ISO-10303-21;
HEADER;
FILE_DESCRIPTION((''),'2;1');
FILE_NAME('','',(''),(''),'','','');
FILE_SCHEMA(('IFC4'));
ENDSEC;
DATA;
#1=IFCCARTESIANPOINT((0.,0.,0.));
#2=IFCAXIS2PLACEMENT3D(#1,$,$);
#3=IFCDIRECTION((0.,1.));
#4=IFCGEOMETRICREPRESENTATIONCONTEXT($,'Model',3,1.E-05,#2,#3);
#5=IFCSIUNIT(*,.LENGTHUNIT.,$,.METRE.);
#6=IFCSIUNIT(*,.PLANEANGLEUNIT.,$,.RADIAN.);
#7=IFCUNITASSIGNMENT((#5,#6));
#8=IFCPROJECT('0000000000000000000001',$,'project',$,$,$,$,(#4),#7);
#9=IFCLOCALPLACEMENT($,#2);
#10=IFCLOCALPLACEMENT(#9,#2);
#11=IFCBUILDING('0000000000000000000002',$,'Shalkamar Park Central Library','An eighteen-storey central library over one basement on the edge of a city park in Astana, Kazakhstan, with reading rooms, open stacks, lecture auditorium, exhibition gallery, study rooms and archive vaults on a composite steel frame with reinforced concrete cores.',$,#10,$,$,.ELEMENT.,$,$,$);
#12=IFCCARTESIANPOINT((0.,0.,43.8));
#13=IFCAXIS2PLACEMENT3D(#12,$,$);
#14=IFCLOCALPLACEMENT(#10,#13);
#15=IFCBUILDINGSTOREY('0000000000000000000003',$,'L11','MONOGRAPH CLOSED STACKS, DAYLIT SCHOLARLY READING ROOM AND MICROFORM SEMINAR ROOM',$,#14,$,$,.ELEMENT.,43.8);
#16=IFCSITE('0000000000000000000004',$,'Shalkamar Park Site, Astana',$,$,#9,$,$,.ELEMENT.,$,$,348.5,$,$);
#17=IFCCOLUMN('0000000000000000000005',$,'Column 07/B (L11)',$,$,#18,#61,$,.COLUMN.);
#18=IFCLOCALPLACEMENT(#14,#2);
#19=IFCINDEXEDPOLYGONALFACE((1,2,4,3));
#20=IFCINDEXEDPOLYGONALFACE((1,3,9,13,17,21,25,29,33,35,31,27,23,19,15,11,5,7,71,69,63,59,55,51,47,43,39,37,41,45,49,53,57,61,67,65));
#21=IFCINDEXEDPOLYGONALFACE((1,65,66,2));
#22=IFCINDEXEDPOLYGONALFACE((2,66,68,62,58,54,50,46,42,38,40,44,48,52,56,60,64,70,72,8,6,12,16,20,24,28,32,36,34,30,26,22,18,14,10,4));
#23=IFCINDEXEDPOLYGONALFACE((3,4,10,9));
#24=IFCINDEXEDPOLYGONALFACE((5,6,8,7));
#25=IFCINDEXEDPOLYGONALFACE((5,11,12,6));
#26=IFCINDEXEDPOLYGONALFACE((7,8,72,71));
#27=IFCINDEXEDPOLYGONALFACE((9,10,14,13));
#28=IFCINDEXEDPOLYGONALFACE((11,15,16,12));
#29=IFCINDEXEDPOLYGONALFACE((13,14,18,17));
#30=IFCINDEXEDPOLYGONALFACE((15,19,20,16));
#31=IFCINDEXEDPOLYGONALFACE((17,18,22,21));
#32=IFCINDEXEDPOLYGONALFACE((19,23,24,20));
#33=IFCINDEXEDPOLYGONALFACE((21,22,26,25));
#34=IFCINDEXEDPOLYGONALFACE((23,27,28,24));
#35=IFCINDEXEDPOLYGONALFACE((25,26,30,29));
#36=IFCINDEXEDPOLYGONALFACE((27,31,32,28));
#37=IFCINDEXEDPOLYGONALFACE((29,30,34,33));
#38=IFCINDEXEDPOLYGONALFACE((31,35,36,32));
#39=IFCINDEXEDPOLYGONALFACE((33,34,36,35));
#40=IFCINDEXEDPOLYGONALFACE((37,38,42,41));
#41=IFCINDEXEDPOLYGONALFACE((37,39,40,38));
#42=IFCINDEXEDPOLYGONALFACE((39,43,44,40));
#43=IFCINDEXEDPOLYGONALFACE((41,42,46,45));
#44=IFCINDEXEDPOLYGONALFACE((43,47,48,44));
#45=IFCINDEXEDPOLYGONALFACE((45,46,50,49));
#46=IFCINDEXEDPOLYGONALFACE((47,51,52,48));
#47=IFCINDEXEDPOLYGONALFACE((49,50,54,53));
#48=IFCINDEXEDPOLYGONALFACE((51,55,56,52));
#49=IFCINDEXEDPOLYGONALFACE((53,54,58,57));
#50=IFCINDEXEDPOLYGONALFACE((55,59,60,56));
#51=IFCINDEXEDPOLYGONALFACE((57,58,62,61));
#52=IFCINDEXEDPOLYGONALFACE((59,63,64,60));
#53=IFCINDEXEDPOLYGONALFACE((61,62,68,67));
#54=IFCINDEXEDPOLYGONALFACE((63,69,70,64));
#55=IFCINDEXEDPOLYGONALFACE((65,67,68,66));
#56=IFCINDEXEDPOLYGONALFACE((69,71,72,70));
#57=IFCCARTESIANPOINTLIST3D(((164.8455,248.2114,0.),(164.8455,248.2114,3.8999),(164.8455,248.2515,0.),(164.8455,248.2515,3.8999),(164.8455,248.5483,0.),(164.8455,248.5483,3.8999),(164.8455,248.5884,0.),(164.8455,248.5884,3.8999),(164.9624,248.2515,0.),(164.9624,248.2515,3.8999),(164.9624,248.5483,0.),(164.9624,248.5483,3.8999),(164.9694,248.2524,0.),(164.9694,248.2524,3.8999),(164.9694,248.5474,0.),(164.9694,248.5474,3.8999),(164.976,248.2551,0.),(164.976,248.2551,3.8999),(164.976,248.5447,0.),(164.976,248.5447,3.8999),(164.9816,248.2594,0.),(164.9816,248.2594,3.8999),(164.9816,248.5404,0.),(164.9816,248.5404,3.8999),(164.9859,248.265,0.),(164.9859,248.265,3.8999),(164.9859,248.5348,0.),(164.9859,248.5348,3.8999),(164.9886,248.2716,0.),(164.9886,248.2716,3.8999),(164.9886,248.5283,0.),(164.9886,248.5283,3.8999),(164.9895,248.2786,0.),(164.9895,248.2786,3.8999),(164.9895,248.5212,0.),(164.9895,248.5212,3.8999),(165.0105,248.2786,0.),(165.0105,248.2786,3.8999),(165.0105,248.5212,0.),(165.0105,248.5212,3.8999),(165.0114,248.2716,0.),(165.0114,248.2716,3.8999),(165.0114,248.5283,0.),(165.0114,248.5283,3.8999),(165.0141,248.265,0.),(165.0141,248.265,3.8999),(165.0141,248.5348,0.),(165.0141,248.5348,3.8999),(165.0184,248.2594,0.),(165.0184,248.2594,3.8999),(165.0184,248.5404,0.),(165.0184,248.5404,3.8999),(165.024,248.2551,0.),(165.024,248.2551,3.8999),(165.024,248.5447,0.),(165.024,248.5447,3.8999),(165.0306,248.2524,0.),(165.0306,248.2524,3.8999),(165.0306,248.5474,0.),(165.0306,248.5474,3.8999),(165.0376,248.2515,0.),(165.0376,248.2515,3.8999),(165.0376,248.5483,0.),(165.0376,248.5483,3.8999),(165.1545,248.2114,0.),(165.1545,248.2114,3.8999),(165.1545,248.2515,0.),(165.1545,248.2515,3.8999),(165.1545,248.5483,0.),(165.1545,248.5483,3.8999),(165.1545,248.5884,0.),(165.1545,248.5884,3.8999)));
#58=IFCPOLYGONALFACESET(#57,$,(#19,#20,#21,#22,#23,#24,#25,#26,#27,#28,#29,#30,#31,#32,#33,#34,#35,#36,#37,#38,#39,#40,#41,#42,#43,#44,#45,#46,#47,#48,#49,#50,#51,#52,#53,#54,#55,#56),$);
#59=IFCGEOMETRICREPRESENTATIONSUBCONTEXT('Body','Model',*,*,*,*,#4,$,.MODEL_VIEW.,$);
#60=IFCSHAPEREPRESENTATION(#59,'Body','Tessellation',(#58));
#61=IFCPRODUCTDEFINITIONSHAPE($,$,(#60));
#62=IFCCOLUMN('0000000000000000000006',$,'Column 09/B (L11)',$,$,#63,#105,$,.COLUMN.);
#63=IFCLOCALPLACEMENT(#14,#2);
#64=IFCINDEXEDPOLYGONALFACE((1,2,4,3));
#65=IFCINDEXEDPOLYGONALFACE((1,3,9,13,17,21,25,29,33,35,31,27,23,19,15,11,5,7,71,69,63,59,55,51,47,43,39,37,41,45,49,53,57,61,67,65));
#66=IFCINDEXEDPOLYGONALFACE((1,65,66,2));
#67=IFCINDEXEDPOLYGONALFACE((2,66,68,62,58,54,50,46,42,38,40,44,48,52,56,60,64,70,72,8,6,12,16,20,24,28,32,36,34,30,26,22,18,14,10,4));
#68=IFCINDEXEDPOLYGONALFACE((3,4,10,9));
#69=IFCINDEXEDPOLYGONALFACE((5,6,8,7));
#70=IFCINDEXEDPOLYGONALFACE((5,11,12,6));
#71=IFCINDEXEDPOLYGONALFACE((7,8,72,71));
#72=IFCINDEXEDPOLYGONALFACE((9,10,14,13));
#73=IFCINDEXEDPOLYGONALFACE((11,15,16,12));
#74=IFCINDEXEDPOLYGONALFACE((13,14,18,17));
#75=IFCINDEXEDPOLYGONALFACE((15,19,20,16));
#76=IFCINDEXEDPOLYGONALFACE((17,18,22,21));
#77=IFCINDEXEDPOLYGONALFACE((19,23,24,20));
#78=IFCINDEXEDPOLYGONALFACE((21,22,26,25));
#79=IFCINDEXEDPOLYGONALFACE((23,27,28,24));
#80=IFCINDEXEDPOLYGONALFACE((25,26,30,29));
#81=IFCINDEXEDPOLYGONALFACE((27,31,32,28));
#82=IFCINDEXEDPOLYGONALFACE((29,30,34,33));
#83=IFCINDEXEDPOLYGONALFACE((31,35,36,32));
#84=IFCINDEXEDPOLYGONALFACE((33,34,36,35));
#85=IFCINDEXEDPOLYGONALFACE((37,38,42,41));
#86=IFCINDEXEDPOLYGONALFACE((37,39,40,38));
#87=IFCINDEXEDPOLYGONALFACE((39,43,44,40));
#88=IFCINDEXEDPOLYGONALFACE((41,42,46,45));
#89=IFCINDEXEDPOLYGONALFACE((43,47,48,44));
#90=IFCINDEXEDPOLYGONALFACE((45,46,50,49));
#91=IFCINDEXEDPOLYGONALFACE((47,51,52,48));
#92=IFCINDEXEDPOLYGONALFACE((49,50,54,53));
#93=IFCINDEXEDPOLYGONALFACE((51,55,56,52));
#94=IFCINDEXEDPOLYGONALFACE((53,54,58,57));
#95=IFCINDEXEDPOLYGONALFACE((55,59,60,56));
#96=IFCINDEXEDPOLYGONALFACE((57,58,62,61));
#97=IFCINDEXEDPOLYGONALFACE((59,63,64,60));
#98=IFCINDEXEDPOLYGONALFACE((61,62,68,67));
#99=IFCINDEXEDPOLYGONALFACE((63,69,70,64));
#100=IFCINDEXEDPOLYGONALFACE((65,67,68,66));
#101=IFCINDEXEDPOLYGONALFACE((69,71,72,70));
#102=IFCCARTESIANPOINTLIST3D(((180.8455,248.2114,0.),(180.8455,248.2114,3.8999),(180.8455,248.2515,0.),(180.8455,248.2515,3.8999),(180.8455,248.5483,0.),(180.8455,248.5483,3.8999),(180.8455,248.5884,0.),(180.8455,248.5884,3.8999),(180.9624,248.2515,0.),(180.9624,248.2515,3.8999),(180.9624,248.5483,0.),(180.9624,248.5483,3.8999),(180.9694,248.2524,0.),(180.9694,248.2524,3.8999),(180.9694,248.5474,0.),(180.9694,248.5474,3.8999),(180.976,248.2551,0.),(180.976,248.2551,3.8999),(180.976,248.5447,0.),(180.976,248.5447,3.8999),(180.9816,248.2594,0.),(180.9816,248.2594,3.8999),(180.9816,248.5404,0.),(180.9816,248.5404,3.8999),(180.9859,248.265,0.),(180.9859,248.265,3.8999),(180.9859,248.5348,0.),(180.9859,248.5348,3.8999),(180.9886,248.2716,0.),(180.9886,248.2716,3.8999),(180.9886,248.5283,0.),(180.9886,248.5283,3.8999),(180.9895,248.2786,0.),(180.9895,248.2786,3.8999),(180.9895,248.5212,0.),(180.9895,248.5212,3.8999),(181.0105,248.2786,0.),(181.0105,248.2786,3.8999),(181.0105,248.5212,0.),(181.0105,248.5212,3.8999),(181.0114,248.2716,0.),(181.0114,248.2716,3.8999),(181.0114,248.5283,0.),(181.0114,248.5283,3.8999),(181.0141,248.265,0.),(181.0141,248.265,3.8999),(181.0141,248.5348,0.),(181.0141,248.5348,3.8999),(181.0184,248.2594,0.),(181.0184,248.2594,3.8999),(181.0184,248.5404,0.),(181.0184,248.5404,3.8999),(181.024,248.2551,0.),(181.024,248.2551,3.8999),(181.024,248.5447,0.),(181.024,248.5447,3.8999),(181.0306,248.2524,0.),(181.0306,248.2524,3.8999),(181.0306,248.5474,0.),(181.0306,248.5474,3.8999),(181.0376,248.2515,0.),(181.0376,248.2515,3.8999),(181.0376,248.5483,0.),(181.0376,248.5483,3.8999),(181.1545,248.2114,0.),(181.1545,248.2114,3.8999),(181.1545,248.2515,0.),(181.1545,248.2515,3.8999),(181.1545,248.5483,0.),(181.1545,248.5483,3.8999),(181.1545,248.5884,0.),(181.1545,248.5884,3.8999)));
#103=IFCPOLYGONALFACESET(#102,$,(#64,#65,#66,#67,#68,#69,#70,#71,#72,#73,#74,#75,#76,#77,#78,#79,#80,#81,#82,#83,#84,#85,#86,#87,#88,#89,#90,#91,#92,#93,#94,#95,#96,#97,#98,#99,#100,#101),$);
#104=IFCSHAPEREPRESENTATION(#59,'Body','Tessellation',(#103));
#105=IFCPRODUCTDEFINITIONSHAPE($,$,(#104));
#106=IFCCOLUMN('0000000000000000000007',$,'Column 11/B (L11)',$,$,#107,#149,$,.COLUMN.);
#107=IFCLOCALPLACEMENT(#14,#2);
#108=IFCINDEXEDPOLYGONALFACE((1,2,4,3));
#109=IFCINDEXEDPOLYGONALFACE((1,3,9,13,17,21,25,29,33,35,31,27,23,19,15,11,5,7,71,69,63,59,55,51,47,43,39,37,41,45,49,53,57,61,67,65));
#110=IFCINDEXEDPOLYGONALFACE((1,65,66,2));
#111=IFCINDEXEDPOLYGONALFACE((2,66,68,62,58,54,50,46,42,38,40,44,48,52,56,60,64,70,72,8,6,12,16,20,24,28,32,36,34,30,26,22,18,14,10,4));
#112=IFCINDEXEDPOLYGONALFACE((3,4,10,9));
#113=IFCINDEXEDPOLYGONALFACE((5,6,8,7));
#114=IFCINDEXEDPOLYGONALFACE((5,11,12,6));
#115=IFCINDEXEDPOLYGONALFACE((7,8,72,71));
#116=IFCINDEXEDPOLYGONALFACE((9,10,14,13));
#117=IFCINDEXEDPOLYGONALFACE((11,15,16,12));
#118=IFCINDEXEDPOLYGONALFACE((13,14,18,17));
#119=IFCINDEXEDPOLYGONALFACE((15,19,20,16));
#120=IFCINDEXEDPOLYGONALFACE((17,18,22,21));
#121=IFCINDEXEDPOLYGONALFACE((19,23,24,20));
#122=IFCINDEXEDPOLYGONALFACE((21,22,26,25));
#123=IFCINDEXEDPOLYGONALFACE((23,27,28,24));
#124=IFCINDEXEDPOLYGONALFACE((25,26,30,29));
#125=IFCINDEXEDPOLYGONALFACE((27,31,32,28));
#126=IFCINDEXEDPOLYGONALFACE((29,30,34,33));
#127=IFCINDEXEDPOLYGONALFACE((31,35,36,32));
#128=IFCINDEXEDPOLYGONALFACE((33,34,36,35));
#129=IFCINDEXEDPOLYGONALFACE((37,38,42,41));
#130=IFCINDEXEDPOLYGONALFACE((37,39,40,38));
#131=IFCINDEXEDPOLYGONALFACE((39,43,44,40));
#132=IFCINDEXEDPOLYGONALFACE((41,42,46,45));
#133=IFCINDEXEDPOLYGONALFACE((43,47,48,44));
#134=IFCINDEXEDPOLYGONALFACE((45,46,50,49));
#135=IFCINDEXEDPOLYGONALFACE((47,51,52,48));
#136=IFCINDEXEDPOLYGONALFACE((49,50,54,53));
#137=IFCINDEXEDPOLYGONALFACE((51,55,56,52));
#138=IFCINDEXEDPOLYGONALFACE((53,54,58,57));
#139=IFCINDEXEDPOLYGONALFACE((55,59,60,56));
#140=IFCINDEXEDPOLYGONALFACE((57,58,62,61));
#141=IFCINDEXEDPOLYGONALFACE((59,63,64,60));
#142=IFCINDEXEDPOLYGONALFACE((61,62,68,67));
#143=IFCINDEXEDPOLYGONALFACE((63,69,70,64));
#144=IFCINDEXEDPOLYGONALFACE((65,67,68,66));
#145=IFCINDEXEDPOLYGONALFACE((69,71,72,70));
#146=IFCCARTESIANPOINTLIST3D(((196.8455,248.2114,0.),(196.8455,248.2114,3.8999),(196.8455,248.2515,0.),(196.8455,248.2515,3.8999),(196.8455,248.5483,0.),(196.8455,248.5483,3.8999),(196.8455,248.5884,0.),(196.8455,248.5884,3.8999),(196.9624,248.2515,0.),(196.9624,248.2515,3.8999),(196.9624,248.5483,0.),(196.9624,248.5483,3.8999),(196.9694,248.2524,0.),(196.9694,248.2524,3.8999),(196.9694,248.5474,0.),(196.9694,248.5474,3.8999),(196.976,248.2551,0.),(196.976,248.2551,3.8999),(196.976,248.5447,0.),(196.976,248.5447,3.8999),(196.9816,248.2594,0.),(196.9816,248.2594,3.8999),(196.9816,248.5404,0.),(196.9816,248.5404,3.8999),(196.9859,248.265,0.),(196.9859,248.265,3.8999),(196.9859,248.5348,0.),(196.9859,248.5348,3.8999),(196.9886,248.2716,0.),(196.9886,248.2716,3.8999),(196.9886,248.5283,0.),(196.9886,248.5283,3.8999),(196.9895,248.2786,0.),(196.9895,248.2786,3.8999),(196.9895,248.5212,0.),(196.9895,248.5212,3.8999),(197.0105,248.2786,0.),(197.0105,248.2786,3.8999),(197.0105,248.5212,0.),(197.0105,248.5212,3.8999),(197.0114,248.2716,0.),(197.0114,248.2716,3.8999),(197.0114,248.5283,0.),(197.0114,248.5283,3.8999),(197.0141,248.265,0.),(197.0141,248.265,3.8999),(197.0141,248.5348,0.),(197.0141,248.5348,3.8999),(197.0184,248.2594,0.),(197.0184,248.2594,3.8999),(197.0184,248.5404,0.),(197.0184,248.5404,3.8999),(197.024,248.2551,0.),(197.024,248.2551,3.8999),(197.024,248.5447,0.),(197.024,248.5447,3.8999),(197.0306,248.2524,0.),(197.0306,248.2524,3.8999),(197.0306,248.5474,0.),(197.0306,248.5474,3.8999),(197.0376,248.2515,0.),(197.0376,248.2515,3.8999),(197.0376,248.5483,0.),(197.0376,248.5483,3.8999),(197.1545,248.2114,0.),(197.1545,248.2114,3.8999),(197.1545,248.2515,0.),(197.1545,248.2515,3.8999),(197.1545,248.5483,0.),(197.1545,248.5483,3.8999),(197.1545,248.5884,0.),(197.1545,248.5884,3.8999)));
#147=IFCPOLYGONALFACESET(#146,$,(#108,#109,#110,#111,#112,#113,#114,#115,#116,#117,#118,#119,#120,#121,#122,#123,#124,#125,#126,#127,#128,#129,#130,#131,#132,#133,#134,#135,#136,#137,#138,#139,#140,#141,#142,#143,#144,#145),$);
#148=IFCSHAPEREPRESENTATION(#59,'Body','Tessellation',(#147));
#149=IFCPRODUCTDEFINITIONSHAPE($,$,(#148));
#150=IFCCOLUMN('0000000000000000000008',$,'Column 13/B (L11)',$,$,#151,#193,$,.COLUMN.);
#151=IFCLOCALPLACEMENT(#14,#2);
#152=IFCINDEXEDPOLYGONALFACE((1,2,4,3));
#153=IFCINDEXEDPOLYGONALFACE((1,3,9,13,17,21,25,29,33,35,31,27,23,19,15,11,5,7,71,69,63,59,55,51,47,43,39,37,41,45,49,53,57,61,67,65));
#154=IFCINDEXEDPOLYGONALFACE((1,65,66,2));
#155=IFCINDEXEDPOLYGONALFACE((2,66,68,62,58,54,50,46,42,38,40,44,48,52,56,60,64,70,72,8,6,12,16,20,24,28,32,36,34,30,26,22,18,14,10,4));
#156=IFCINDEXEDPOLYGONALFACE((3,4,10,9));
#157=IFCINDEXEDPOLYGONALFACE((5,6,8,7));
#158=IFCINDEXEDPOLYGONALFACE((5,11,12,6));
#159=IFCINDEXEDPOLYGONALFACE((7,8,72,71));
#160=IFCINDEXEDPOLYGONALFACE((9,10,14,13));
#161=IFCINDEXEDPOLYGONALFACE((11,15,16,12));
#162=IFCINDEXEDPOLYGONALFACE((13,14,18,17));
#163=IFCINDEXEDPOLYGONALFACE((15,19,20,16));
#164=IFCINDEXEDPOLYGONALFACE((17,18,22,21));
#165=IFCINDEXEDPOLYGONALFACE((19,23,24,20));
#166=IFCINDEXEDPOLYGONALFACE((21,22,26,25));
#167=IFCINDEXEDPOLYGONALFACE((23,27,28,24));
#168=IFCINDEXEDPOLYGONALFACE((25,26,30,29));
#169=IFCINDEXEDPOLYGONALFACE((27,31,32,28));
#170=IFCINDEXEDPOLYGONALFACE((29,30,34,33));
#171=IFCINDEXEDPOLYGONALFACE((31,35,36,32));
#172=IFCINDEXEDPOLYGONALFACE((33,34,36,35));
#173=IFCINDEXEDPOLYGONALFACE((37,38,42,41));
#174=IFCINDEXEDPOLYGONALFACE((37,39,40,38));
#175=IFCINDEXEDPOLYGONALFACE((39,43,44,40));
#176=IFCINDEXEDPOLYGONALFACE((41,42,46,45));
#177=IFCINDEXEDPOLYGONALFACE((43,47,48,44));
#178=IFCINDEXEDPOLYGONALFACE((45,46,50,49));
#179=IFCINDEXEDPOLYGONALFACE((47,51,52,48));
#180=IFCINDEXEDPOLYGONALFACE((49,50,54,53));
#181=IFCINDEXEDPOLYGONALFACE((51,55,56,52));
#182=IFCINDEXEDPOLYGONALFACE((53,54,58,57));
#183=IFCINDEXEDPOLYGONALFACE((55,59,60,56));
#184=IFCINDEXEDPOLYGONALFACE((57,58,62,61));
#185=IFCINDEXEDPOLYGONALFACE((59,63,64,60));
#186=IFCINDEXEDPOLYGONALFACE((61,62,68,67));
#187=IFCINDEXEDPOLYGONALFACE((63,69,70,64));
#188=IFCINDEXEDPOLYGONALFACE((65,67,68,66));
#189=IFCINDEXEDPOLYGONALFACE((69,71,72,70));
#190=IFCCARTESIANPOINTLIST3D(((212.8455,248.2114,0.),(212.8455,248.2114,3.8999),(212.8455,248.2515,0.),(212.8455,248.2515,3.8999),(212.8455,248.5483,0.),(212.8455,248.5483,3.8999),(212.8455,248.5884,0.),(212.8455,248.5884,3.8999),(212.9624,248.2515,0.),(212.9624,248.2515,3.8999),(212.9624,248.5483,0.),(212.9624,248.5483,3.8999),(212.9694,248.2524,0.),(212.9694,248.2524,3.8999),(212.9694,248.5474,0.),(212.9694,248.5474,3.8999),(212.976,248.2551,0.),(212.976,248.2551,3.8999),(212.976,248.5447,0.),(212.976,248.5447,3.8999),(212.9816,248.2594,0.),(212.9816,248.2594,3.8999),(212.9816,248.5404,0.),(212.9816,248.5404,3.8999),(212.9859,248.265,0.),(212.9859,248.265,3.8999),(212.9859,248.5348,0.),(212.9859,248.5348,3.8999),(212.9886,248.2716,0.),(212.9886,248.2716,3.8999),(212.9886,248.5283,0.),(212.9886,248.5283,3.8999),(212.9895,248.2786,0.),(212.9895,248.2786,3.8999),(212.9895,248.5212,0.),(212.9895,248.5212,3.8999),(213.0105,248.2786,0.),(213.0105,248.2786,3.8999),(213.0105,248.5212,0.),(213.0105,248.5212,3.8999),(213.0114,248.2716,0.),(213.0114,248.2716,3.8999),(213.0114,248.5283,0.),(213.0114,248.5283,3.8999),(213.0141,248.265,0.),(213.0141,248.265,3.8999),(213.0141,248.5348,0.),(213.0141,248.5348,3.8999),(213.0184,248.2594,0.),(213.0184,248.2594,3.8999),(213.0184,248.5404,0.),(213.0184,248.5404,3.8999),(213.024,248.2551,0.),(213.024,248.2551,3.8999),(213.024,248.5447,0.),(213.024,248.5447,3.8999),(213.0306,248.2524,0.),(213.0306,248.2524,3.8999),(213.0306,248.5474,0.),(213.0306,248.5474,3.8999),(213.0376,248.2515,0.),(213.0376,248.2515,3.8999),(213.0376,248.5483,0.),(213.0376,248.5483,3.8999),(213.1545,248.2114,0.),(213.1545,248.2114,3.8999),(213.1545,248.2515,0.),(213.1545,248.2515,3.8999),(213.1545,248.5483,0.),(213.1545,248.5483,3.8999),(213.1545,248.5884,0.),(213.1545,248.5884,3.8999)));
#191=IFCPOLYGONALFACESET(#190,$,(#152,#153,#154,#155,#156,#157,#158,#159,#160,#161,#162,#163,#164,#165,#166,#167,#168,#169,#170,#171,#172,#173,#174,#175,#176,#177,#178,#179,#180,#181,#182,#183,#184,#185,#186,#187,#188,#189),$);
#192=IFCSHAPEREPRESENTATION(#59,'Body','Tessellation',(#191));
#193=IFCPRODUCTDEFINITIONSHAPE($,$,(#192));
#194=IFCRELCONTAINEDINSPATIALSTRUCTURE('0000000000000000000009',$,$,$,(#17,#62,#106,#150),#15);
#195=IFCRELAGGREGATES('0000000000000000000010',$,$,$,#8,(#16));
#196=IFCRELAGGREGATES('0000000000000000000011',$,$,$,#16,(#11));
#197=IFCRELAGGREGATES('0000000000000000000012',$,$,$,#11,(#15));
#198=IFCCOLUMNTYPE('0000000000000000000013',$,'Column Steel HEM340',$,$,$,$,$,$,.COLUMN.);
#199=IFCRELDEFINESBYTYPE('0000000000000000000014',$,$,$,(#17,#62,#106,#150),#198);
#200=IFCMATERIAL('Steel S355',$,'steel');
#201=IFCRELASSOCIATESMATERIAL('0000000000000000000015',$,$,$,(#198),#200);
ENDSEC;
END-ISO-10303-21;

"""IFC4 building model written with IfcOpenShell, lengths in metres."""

from ifc_helpers import new_model, si_unit, direction, frame, origin, origin_2d, place, context, subcontext, project, spatial, i_section, extrude, material, material_profile, profile_set, type_object, element, save


model = new_model("IFC4")

# Units and contexts
model_context = context("Model", 3, precision=1e-05, world=origin(), true_north=direction((0.0, 1.0)))
body_context = subcontext(model_context, "Body", "Model", "MODEL_VIEW")
ifc_project = project(units=[si_unit("LENGTHUNIT", "METRE"), si_unit("PLANEANGLEUNIT", "RADIAN")], contexts=[model_context])

# Site, building, storey
site_placement = place(None, origin())
site = spatial("IfcSite", under=ifc_project, at=site_placement, Name="Shalkamar Park Site, Astana", CompositionType="ELEMENT", RefElevation=348.5)
building_placement = place(site_placement, origin())
building = spatial("IfcBuilding", under=site, at=building_placement, Name="Shalkamar Park Central Library", Description="An eighteen-storey central library over one basement on the edge of a city park in Astana, Kazakhstan, with reading rooms, open stacks, lecture auditorium, exhibition gallery, study rooms and archive vaults on a composite steel frame with reinforced concrete cores.", CompositionType="ELEMENT")
storey_placement = place(building_placement, frame((0.0, 0.0, 43.8)))
storey = spatial("IfcBuildingStorey", under=building, at=storey_placement, Name="L11", Description="MONOGRAPH CLOSED STACKS, DAYLIT SCHOLARLY READING ROOM AND MICROFORM SEMINAR ROOM", CompositionType="ELEMENT", Elevation=43.8)

# Columns
ifc_material_1 = material(Name="Steel S355", Category="steel")
ifc_material_profile_1 = material_profile(ifc_material_1, i_section(OverallWidth=0.3091, OverallDepth=0.377, WebThickness=0.021, FlangeThickness=0.04, FilletRadius=0.0271, at=origin_2d()), Name="HEM 340")
ifc_profile_set_1 = profile_set([ifc_material_profile_1], Name="Steel S355")
column_type_1 = type_object("IfcColumnType", Name="Column Steel HEM340", PredefinedType="COLUMN", material=ifc_profile_set_1)
for number, where, z_axis, x_axis, name in (
    (1, (165.0, 248.3999, 0.0), (0.0, 0.0, 1.0), (1.0, 0.0, 0.0), "Column 07/B (L11)"),
    (2, (181.0, 248.3999, 0.0), (0.0, 0.0, 1.0), (1.0, 0.0, 0.0), "Column 09/B (L11)"),
    (3, (197.0, 248.3999, 0.0), (0.0, 0.0, 1.0), (1.0, 0.0, 0.0), "Column 11/B (L11)"),
    (4, (213.0, 248.3999, 0.0), (0.0, 0.0, 1.0), (1.0, 0.0, 0.0), "Column 13/B (L11)"),
):
    element("IfcColumn", number, at=place(storey_placement, frame(where, z_axis=z_axis, x_axis=x_axis)), inside=storey, type_object=column_type_1, Name=name, PredefinedType="COLUMN", context=body_context, shape_type="SweptSolid", body=[
        extrude(i_section(OverallWidth=0.3091, OverallDepth=0.377, WebThickness=0.021, FlangeThickness=0.04, FilletRadius=0.0271, at=origin_2d()), origin(), (0.0, 0.0, 1.0), 3.8999),
    ])

save(model, "model.ifc")
